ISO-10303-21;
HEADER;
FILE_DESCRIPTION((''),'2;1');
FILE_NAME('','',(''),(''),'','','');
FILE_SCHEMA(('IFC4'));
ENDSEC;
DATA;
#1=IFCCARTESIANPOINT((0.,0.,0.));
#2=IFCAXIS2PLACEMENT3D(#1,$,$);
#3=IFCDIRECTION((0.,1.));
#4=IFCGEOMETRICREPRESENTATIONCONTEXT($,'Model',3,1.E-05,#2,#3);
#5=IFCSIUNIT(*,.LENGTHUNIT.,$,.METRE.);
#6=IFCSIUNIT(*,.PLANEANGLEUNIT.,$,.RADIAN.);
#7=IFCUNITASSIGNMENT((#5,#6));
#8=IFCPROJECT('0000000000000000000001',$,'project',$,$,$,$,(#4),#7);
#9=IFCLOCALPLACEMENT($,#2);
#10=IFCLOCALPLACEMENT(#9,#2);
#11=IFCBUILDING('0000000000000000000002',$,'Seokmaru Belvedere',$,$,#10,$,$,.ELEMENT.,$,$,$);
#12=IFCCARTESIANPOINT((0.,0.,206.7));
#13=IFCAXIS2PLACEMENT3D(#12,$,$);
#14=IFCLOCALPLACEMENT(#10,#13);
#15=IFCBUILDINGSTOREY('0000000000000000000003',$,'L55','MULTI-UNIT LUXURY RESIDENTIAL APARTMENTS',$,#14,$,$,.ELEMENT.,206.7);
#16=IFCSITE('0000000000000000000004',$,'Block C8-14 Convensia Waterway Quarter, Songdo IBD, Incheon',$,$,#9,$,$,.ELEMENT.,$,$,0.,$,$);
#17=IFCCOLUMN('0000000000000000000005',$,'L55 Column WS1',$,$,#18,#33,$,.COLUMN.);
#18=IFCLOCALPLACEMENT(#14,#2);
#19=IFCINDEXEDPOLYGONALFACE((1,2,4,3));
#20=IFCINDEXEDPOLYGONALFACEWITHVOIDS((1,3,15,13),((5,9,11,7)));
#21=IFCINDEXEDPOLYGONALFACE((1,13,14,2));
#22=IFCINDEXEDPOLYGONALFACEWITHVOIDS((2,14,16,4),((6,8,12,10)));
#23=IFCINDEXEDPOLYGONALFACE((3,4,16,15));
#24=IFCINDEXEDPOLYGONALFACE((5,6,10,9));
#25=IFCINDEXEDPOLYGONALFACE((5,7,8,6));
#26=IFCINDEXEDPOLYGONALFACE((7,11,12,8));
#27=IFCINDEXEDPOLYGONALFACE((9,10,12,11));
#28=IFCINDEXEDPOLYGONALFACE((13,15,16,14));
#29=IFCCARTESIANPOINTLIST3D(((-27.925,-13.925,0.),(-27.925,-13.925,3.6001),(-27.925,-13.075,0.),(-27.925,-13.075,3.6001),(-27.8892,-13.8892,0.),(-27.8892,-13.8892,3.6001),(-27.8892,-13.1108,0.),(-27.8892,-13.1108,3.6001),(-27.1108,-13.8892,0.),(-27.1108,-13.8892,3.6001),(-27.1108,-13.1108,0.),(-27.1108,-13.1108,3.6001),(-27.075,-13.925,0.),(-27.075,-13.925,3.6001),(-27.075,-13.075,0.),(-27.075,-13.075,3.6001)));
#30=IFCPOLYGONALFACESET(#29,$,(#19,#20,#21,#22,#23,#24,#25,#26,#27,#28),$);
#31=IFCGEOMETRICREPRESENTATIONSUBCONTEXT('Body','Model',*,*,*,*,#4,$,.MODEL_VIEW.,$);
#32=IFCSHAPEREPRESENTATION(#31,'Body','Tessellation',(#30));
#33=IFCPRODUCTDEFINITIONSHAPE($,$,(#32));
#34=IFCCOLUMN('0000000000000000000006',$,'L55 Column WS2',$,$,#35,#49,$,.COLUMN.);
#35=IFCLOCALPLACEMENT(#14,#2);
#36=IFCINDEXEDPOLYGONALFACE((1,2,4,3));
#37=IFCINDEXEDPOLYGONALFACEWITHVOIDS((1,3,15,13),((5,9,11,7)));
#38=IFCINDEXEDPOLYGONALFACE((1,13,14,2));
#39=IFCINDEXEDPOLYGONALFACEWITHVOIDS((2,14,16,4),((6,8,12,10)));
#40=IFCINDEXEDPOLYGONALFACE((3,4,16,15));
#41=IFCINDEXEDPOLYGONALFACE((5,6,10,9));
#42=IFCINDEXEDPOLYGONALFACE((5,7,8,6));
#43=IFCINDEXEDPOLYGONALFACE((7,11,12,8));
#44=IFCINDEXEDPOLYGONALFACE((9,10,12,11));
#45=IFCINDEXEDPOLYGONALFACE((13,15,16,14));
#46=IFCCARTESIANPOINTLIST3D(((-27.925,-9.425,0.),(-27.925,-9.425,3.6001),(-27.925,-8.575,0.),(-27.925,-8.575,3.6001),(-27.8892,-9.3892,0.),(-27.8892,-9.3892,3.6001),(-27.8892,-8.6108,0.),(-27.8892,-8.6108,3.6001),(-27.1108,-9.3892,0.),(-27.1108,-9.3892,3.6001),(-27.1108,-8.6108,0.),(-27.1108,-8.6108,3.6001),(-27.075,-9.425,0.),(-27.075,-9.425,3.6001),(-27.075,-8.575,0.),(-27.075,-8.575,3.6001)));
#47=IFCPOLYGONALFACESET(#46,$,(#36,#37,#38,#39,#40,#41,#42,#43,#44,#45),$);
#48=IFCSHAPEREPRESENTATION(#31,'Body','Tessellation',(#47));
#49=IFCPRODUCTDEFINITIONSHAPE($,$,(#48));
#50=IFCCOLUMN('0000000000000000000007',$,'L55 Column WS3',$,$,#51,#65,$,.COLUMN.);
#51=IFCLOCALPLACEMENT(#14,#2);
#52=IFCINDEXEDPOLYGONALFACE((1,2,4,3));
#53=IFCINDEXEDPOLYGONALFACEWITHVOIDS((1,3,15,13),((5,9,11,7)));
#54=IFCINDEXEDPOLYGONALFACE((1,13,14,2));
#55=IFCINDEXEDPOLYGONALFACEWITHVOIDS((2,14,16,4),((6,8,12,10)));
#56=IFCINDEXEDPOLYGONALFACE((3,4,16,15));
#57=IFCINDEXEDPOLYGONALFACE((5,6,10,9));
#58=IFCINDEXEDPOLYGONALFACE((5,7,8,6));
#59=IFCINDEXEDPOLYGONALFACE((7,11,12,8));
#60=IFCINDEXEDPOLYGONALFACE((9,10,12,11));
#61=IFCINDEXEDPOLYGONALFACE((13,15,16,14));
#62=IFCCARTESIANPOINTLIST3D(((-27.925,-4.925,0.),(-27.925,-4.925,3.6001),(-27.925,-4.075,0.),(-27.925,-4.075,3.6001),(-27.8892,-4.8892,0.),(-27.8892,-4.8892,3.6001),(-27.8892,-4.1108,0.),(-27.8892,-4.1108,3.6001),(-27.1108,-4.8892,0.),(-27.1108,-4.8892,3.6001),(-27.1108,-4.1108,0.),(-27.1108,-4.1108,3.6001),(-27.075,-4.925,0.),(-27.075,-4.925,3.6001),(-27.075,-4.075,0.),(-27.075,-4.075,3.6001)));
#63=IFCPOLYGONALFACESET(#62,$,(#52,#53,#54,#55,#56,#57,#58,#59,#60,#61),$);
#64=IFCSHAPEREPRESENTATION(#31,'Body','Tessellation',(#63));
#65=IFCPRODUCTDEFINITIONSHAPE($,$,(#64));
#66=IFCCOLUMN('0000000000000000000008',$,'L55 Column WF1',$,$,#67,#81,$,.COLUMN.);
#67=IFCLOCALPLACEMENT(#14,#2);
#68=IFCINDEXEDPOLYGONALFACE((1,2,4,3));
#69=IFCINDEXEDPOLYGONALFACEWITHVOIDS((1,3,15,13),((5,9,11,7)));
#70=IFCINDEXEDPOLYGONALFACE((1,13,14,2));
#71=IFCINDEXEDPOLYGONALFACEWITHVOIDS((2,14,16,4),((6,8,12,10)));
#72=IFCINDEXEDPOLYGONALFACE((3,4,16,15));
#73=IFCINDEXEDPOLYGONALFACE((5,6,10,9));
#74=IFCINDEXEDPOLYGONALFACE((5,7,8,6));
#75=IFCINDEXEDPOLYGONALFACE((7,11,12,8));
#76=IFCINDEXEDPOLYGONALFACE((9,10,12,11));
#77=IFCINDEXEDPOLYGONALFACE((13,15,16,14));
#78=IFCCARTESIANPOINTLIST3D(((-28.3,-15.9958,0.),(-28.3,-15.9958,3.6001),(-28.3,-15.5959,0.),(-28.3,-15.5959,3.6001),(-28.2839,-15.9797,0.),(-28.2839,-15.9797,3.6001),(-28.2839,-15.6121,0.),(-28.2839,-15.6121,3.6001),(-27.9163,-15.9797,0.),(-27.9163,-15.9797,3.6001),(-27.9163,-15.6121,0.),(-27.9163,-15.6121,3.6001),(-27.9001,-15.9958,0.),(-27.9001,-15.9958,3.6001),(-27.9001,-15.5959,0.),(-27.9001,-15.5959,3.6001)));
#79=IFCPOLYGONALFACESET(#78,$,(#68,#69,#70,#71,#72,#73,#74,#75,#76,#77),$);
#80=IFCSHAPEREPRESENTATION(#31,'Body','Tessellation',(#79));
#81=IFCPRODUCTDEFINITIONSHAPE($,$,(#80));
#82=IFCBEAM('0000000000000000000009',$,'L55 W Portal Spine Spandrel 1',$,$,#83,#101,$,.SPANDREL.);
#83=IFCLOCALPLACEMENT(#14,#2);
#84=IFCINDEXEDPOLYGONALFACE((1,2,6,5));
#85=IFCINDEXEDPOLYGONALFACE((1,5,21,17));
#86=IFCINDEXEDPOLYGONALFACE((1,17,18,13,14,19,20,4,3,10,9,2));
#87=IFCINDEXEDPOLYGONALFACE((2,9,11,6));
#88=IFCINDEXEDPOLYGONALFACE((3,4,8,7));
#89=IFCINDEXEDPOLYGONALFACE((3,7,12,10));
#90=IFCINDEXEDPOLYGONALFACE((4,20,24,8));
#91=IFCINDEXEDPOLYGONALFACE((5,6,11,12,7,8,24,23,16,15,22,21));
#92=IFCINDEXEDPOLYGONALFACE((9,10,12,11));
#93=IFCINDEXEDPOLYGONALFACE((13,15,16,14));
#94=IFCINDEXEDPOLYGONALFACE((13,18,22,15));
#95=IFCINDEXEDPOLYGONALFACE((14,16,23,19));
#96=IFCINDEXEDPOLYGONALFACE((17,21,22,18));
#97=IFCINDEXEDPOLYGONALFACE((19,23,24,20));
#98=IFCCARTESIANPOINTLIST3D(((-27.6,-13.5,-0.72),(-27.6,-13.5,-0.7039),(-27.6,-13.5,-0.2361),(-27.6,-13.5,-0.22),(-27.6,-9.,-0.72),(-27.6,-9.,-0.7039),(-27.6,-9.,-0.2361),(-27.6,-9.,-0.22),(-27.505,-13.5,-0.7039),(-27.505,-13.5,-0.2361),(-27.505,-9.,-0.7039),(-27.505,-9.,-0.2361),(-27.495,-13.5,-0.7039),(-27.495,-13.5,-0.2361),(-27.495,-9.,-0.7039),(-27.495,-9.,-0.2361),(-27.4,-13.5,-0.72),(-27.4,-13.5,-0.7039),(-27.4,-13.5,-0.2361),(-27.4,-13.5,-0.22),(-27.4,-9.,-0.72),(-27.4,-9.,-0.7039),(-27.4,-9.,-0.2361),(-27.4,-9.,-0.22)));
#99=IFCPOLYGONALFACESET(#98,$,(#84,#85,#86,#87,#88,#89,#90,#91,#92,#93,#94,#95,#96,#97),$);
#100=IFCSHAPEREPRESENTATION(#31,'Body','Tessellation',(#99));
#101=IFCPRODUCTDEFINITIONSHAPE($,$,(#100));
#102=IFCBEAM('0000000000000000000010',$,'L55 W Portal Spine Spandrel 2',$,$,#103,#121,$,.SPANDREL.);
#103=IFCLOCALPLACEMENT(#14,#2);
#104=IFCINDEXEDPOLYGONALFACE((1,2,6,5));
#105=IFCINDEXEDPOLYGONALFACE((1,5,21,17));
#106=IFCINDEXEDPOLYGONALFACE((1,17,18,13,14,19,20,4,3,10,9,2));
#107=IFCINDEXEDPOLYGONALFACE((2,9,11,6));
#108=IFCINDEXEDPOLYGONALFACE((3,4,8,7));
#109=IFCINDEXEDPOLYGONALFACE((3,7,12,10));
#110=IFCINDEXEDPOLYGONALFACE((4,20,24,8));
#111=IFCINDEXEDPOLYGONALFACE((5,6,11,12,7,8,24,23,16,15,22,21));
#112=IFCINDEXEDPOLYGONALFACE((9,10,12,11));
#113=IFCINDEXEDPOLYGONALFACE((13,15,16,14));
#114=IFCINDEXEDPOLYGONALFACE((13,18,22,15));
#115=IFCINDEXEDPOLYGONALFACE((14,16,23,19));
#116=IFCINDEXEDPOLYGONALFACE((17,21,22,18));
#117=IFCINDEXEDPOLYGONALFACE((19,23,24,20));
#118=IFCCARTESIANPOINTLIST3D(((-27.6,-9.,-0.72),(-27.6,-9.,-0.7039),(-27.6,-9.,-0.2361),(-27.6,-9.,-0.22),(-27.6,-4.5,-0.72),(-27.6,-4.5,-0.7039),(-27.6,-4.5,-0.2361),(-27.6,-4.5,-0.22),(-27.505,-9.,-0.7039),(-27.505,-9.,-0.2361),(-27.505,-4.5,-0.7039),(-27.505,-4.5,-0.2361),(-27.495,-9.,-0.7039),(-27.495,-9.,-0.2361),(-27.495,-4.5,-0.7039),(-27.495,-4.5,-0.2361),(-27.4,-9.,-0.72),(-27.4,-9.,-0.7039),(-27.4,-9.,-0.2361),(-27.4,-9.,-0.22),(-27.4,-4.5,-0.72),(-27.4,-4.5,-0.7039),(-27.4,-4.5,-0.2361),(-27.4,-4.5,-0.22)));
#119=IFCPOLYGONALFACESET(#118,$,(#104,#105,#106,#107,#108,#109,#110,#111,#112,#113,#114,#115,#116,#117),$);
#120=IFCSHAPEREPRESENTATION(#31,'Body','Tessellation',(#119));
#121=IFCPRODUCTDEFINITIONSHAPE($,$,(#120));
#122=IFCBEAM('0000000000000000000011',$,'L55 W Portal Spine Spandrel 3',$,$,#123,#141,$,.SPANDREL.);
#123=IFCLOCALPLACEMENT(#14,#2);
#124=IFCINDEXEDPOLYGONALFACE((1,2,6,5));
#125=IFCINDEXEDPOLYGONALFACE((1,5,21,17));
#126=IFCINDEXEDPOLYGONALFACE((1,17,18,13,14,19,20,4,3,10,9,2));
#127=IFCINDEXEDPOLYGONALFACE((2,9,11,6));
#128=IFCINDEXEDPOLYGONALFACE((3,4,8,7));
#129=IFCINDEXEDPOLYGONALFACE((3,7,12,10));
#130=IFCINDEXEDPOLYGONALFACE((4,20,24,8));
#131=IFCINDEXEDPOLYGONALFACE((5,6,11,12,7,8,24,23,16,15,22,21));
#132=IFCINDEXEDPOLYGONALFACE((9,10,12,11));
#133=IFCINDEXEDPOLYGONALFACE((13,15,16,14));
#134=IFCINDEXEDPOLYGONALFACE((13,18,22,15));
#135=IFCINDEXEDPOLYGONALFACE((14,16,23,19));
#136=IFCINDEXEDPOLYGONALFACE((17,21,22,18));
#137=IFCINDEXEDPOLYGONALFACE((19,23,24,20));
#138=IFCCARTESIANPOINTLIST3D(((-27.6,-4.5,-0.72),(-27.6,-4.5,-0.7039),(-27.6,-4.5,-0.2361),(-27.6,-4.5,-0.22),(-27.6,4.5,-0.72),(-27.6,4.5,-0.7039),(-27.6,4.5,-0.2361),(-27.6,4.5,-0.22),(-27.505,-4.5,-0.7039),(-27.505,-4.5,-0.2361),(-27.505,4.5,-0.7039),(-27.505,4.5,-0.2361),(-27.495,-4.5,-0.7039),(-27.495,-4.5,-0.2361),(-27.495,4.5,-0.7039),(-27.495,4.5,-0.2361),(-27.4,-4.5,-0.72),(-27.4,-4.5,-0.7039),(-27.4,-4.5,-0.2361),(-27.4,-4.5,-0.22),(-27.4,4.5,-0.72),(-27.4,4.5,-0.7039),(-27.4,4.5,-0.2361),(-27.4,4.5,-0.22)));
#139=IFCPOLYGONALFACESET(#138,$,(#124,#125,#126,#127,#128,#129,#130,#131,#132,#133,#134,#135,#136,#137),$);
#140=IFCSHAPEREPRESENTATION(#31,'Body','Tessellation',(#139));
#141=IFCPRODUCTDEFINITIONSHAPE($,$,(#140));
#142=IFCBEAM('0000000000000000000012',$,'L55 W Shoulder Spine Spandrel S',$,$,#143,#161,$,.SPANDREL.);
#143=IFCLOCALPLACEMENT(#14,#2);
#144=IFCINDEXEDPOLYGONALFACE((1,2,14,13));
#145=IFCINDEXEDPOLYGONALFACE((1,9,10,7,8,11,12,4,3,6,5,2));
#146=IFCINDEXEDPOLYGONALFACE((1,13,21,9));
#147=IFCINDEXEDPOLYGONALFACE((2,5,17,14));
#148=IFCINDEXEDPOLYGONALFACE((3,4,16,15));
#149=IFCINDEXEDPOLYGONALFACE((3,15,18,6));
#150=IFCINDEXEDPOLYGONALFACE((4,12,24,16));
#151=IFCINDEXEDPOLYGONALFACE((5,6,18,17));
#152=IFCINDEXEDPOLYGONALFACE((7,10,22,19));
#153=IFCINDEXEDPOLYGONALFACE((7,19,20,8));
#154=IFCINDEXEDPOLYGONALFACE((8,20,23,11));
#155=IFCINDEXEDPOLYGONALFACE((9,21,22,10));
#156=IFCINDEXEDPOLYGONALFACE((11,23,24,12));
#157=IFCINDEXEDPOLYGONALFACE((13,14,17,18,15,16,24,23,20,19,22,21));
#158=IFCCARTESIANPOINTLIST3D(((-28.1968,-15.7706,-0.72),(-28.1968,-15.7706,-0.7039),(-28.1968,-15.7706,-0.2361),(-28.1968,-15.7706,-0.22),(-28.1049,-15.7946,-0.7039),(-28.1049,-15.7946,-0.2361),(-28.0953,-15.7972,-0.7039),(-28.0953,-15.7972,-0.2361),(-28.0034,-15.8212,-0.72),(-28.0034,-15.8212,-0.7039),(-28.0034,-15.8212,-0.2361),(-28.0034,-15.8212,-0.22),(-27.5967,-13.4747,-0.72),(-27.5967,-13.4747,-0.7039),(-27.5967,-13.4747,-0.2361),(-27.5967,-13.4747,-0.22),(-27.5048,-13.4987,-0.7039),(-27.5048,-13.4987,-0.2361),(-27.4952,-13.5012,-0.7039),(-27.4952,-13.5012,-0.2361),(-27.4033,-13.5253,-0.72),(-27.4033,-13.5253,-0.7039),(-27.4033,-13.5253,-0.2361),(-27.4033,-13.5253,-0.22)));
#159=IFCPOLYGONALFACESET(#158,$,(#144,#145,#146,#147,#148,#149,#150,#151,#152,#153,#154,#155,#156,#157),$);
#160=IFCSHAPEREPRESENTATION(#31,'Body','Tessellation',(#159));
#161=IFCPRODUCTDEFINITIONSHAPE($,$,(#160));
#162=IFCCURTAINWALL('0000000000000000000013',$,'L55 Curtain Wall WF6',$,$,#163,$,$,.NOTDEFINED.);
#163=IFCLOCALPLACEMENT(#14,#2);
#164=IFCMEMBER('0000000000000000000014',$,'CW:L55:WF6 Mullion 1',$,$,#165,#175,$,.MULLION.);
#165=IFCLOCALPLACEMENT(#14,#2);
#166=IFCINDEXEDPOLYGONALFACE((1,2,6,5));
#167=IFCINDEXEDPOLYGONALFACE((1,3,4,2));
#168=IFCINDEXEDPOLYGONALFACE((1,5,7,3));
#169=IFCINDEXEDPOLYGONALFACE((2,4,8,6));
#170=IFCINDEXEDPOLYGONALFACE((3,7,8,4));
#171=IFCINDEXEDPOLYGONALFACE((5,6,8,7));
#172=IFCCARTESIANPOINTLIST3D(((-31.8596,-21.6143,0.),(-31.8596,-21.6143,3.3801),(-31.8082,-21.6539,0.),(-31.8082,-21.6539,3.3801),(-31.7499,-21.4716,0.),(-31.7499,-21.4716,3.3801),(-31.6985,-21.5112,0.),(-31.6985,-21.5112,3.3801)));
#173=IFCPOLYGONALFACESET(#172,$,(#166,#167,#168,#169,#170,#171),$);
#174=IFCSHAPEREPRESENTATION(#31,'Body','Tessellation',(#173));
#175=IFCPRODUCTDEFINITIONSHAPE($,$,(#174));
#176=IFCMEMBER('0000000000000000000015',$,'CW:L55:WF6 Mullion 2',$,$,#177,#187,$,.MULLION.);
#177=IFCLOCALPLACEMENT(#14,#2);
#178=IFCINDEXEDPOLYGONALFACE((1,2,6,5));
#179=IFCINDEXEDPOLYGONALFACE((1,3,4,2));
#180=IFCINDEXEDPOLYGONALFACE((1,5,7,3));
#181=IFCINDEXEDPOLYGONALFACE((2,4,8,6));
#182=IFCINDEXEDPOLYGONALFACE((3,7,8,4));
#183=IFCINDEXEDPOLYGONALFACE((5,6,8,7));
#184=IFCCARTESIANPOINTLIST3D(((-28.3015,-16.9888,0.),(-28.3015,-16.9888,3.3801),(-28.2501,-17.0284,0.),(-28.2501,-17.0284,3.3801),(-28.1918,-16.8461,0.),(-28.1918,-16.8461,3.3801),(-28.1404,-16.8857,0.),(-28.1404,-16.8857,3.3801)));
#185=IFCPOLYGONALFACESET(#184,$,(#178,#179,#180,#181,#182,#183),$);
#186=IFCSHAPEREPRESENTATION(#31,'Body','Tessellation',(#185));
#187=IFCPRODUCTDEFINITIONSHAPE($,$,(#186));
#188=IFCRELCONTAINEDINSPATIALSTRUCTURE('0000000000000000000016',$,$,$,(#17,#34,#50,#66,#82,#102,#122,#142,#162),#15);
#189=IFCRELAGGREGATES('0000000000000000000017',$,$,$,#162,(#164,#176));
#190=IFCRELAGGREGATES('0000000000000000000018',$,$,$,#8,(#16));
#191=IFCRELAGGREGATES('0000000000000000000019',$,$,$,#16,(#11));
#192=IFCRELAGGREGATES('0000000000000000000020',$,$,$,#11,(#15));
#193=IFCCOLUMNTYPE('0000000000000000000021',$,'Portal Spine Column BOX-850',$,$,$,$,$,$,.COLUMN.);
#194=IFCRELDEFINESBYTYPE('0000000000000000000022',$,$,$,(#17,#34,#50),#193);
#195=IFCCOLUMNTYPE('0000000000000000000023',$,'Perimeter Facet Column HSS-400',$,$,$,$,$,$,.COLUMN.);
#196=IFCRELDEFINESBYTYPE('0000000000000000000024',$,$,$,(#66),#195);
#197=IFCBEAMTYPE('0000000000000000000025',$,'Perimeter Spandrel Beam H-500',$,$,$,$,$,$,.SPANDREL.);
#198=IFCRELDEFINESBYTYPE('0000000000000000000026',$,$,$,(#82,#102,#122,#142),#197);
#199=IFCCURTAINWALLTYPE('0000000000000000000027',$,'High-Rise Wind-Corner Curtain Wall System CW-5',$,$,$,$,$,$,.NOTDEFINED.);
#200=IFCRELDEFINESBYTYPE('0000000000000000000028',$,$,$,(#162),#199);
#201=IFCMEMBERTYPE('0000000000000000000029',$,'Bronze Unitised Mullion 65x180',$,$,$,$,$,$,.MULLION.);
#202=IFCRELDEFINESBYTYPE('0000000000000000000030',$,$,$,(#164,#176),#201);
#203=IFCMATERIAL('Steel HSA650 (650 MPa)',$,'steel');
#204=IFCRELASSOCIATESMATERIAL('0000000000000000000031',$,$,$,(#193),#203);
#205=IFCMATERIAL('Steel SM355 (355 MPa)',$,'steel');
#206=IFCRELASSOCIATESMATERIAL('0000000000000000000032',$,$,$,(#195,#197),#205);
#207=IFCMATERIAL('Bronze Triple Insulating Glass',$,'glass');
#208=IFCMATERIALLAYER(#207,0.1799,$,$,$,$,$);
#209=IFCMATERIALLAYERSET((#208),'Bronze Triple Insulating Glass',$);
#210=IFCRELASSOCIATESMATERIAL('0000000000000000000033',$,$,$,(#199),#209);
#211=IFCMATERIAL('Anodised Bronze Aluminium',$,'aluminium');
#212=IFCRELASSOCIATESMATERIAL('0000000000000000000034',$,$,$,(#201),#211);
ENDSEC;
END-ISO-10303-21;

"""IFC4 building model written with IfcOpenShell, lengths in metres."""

from ifc_helpers import new_model, si_unit, direction, frame, origin, origin_2d, place, context, subcontext, project, spatial, rectangle, hollow_rectangle, i_section, extrude, source, transform, mapped, material, layer, layer_set, material_profile, profile_set, type_object, type_shapes, element, aggregate, save


model = new_model("IFC4")

# Units and contexts
model_context = context("Model", 3, precision=1e-05, world=origin(), true_north=direction((0.0, 1.0)))
body_context = subcontext(model_context, "Body", "Model", "MODEL_VIEW")
ifc_project = project(units=[si_unit("LENGTHUNIT", "METRE"), si_unit("PLANEANGLEUNIT", "RADIAN")], contexts=[model_context])

# Site, building, storey
site_placement = place(None, origin())
site = spatial("IfcSite", under=ifc_project, at=site_placement, Name="Block C8-14 Convensia Waterway Quarter, Songdo IBD, Incheon", CompositionType="ELEMENT", RefElevation=0.0)
building_placement = place(site_placement, origin())
building = spatial("IfcBuilding", under=site, at=building_placement, Name="Seokmaru Belvedere", CompositionType="ELEMENT")
storey_placement = place(building_placement, frame((0.0, 0.0, 206.7)))
storey = spatial("IfcBuildingStorey", under=building, at=storey_placement, Name="L55", Description="MULTI-UNIT LUXURY RESIDENTIAL APARTMENTS", CompositionType="ELEMENT", Elevation=206.7)

# Columns
ifc_material_1 = material(Name="Steel HSA650 (650 MPa)", Category="steel")
ifc_material_profile_1 = material_profile(ifc_material_1, hollow_rectangle(XDim=0.8501, YDim=0.8501, WallThickness=0.0359, at=origin_2d()), Name="BOX-850x850x36")
ifc_profile_set_1 = profile_set([ifc_material_profile_1], Name="Steel HSA650 (650 MPa)")
column_type_1 = type_object("IfcColumnType", Name="Portal Spine Column BOX-850", PredefinedType="COLUMN", material=ifc_profile_set_1)
shared_shape_1 = source(origin(), body_context, "Body", "SweptSolid", [
    extrude(hollow_rectangle(XDim=0.8501, YDim=0.8501, WallThickness=0.0359, at=origin_2d()), origin(), (0.0, 0.0, 1.0), 3.6001),
])
type_shapes(column_type_1, [shared_shape_1])
for number, where, z_axis, x_axis, name in (
    (1, (-27.5, -13.5, 0.0), (0.0, 0.0, 1.0), (1.0, 0.0, 0.0), "L55 Column WS1"),
    (2, (-27.5, -9.0, 0.0), (0.0, 0.0, 1.0), (1.0, 0.0, 0.0), "L55 Column WS2"),
    (3, (-27.5, -4.5, 0.0), (0.0, 0.0, 1.0), (1.0, 0.0, 0.0), "L55 Column WS3"),
):
    element("IfcColumn", number, at=place(storey_placement, frame(where, z_axis=z_axis, x_axis=x_axis)), inside=storey, type_object=column_type_1, Name=name, PredefinedType="COLUMN", context=body_context, shape_type="MappedRepresentation", body=[
        mapped(shared_shape_1, transform((0.0, 0.0, 0.0), scale=1.0)),
    ])
ifc_material_2 = material(Name="Steel SM355 (355 MPa)", Category="steel")
ifc_material_profile_2 = material_profile(ifc_material_2, hollow_rectangle(XDim=0.3999, YDim=0.3999, WallThickness=0.0161, at=origin_2d()), Name="HSS-400x400x16")
ifc_profile_set_2 = profile_set([ifc_material_profile_2], Name="Steel SM355 (355 MPa)")
column_type_2 = type_object("IfcColumnType", Name="Perimeter Facet Column HSS-400", PredefinedType="COLUMN", material=ifc_profile_set_2)
shared_shape_2 = source(origin(), body_context, "Body", "SweptSolid", [
    extrude(hollow_rectangle(XDim=0.3999, YDim=0.3999, WallThickness=0.0161, at=origin_2d()), origin(), (0.0, 0.0, 1.0), 3.6001),
])
type_shapes(column_type_2, [shared_shape_2])
column_placement = place(storey_placement, frame((-28.1001, -15.7959, 0.0), z_axis=(0.0, 0.0, 1.0), x_axis=(1.0, 0.0, 0.0)))
element("IfcColumn", 4, at=column_placement, inside=storey, type_object=column_type_2, Name="L55 Column WF1", PredefinedType="COLUMN", context=body_context, shape_type="MappedRepresentation", body=[
    mapped(shared_shape_2, transform((0.0, 0.0, 0.0), scale=1.0)),
])

# Beams
ifc_material_profile_3 = material_profile(ifc_material_2, i_section(OverallWidth=0.2, OverallDepth=0.5, WebThickness=0.01, FlangeThickness=0.0161, at=origin_2d()), Name="H-500x200x10x16")
ifc_profile_set_3 = profile_set([ifc_material_profile_3], Name="Steel SM355 (355 MPa)")
beam_type_1 = type_object("IfcBeamType", Name="Perimeter Spandrel Beam H-500", PredefinedType="SPANDREL", material=ifc_profile_set_3)
shared_shape_3 = source(origin(), body_context, "Body", "SweptSolid", [
    extrude(i_section(OverallWidth=0.2, OverallDepth=0.5, WebThickness=0.01, FlangeThickness=0.0161, at=origin_2d()), origin(), (0.0, 0.0, 1.0), 4.5),
])
for number, where, z_axis, x_axis, name in (
    (5, (-27.5, -13.5, -0.47), (0.0, 1.0, 0.0), (-1.0, 0.0, 0.0), "L55 W Portal Spine Spandrel 1"),
    (6, (-27.5, -9.0, -0.47), (0.0, 1.0, 0.0), (-1.0, 0.0, 0.0), "L55 W Portal Spine Spandrel 2"),
):
    element("IfcBeam", number, at=place(storey_placement, frame(where, z_axis=z_axis, x_axis=x_axis)), inside=storey, type_object=beam_type_1, Name=name, PredefinedType="SPANDREL", context=body_context, shape_type="MappedRepresentation", body=[
        mapped(shared_shape_3, transform((0.0, 0.0, 0.0), scale=1.0)),
    ])
shared_shape_4 = source(origin(), body_context, "Body", "SweptSolid", [
    extrude(i_section(OverallWidth=0.2, OverallDepth=0.5, WebThickness=0.01, FlangeThickness=0.0161, at=origin_2d()), origin(), (0.0, 0.0, 1.0), 9.0),
])
beam_1_placement = place(storey_placement, frame((-27.5, -4.5, -0.47), z_axis=(0.0, 1.0, 0.0), x_axis=(-1.0, 0.0, 0.0)))
element("IfcBeam", 7, at=beam_1_placement, inside=storey, type_object=beam_type_1, Name="L55 W Portal Spine Spandrel 3", PredefinedType="SPANDREL", context=body_context, shape_type="MappedRepresentation", body=[
    mapped(shared_shape_4, transform((0.0, 0.0, 0.0), scale=1.0)),
])
shared_shape_5 = source(origin(), body_context, "Body", "SweptSolid", [
    extrude(i_section(OverallWidth=0.2, OverallDepth=0.5, WebThickness=0.01, FlangeThickness=0.0161, at=origin_2d()), origin(), (0.0, 0.0, 1.0), 2.373),
])
type_shapes(beam_type_1, [shared_shape_3, shared_shape_4, shared_shape_5])
beam_2_placement = place(storey_placement, frame((-28.1001, -15.7959, -0.47), z_axis=(0.252883, 0.967497, 0.0), x_axis=(-0.967497, 0.252883, 0.0)))
element("IfcBeam", 8, at=beam_2_placement, inside=storey, type_object=beam_type_1, Name="L55 W Shoulder Spine Spandrel S", PredefinedType="SPANDREL", context=body_context, shape_type="MappedRepresentation", body=[
    mapped(shared_shape_5, transform((0.0, 0.0, 0.0), scale=1.0)),
])

# Curtain wall, members
ifc_material_3 = material(Name="Bronze Triple Insulating Glass", Category="glass")
ifc_layer_1 = layer(ifc_material_3, 0.1799)
ifc_layer_set_1 = layer_set([ifc_layer_1], Name="Bronze Triple Insulating Glass")
curtain_wall_type = type_object("IfcCurtainWallType", Name="High-Rise Wind-Corner Curtain Wall System CW-5", PredefinedType="NOTDEFINED", material=ifc_layer_set_1)
curtain_wall_placement = place(storey_placement, origin())
curtain_wall = element("IfcCurtainWall", 9, at=curtain_wall_placement, inside=storey, type_object=curtain_wall_type, Name="L55 Curtain Wall WF6", PredefinedType="NOTDEFINED")
ifc_material_4 = material(Name="Anodised Bronze Aluminium", Category="aluminium")
ifc_material_profile_4 = material_profile(ifc_material_4, rectangle(XDim=0.0649, YDim=0.1799, at=origin_2d()), Name="CW-M-65x180")
ifc_profile_set_4 = profile_set([ifc_material_profile_4], Name="Anodised Bronze Aluminium")
member_type_1 = type_object("IfcMemberType", Name="Bronze Unitised Mullion 65x180", PredefinedType="MULLION", material=ifc_profile_set_4)
shared_shape_6 = source(origin(), body_context, "Body", "SweptSolid", [
    extrude(rectangle(XDim=0.0649, YDim=0.1799, at=origin_2d()), origin(), (0.0, 0.0, 1.0), 3.3801),
])
type_shapes(member_type_1, [shared_shape_6])
member_1_placement = place(storey_placement, frame((-31.7791, -21.5627, 0.0), z_axis=(0.0, 0.0, 1.0), x_axis=(-0.792631, 0.609701, 0.0)))
member_1 = element("IfcMember", 10, at=member_1_placement, type_object=member_type_1, Name="CW:L55:WF6 Mullion 1", PredefinedType="MULLION", context=body_context, shape_type="MappedRepresentation", body=[
    mapped(shared_shape_6, transform((0.0, 0.0, 0.0), scale=1.0)),
])
member_2_placement = place(storey_placement, frame((-28.2209, -16.9373, 0.0), z_axis=(0.0, 0.0, 1.0), x_axis=(-0.792631, 0.609701, 0.0)))
member_2 = element("IfcMember", 11, at=member_2_placement, type_object=member_type_1, Name="CW:L55:WF6 Mullion 2", PredefinedType="MULLION", context=body_context, shape_type="MappedRepresentation", body=[
    mapped(shared_shape_6, transform((0.0, 0.0, 0.0), scale=1.0)),
])

aggregate(curtain_wall, [member_1, member_2])

save(model, "model.ifc")
